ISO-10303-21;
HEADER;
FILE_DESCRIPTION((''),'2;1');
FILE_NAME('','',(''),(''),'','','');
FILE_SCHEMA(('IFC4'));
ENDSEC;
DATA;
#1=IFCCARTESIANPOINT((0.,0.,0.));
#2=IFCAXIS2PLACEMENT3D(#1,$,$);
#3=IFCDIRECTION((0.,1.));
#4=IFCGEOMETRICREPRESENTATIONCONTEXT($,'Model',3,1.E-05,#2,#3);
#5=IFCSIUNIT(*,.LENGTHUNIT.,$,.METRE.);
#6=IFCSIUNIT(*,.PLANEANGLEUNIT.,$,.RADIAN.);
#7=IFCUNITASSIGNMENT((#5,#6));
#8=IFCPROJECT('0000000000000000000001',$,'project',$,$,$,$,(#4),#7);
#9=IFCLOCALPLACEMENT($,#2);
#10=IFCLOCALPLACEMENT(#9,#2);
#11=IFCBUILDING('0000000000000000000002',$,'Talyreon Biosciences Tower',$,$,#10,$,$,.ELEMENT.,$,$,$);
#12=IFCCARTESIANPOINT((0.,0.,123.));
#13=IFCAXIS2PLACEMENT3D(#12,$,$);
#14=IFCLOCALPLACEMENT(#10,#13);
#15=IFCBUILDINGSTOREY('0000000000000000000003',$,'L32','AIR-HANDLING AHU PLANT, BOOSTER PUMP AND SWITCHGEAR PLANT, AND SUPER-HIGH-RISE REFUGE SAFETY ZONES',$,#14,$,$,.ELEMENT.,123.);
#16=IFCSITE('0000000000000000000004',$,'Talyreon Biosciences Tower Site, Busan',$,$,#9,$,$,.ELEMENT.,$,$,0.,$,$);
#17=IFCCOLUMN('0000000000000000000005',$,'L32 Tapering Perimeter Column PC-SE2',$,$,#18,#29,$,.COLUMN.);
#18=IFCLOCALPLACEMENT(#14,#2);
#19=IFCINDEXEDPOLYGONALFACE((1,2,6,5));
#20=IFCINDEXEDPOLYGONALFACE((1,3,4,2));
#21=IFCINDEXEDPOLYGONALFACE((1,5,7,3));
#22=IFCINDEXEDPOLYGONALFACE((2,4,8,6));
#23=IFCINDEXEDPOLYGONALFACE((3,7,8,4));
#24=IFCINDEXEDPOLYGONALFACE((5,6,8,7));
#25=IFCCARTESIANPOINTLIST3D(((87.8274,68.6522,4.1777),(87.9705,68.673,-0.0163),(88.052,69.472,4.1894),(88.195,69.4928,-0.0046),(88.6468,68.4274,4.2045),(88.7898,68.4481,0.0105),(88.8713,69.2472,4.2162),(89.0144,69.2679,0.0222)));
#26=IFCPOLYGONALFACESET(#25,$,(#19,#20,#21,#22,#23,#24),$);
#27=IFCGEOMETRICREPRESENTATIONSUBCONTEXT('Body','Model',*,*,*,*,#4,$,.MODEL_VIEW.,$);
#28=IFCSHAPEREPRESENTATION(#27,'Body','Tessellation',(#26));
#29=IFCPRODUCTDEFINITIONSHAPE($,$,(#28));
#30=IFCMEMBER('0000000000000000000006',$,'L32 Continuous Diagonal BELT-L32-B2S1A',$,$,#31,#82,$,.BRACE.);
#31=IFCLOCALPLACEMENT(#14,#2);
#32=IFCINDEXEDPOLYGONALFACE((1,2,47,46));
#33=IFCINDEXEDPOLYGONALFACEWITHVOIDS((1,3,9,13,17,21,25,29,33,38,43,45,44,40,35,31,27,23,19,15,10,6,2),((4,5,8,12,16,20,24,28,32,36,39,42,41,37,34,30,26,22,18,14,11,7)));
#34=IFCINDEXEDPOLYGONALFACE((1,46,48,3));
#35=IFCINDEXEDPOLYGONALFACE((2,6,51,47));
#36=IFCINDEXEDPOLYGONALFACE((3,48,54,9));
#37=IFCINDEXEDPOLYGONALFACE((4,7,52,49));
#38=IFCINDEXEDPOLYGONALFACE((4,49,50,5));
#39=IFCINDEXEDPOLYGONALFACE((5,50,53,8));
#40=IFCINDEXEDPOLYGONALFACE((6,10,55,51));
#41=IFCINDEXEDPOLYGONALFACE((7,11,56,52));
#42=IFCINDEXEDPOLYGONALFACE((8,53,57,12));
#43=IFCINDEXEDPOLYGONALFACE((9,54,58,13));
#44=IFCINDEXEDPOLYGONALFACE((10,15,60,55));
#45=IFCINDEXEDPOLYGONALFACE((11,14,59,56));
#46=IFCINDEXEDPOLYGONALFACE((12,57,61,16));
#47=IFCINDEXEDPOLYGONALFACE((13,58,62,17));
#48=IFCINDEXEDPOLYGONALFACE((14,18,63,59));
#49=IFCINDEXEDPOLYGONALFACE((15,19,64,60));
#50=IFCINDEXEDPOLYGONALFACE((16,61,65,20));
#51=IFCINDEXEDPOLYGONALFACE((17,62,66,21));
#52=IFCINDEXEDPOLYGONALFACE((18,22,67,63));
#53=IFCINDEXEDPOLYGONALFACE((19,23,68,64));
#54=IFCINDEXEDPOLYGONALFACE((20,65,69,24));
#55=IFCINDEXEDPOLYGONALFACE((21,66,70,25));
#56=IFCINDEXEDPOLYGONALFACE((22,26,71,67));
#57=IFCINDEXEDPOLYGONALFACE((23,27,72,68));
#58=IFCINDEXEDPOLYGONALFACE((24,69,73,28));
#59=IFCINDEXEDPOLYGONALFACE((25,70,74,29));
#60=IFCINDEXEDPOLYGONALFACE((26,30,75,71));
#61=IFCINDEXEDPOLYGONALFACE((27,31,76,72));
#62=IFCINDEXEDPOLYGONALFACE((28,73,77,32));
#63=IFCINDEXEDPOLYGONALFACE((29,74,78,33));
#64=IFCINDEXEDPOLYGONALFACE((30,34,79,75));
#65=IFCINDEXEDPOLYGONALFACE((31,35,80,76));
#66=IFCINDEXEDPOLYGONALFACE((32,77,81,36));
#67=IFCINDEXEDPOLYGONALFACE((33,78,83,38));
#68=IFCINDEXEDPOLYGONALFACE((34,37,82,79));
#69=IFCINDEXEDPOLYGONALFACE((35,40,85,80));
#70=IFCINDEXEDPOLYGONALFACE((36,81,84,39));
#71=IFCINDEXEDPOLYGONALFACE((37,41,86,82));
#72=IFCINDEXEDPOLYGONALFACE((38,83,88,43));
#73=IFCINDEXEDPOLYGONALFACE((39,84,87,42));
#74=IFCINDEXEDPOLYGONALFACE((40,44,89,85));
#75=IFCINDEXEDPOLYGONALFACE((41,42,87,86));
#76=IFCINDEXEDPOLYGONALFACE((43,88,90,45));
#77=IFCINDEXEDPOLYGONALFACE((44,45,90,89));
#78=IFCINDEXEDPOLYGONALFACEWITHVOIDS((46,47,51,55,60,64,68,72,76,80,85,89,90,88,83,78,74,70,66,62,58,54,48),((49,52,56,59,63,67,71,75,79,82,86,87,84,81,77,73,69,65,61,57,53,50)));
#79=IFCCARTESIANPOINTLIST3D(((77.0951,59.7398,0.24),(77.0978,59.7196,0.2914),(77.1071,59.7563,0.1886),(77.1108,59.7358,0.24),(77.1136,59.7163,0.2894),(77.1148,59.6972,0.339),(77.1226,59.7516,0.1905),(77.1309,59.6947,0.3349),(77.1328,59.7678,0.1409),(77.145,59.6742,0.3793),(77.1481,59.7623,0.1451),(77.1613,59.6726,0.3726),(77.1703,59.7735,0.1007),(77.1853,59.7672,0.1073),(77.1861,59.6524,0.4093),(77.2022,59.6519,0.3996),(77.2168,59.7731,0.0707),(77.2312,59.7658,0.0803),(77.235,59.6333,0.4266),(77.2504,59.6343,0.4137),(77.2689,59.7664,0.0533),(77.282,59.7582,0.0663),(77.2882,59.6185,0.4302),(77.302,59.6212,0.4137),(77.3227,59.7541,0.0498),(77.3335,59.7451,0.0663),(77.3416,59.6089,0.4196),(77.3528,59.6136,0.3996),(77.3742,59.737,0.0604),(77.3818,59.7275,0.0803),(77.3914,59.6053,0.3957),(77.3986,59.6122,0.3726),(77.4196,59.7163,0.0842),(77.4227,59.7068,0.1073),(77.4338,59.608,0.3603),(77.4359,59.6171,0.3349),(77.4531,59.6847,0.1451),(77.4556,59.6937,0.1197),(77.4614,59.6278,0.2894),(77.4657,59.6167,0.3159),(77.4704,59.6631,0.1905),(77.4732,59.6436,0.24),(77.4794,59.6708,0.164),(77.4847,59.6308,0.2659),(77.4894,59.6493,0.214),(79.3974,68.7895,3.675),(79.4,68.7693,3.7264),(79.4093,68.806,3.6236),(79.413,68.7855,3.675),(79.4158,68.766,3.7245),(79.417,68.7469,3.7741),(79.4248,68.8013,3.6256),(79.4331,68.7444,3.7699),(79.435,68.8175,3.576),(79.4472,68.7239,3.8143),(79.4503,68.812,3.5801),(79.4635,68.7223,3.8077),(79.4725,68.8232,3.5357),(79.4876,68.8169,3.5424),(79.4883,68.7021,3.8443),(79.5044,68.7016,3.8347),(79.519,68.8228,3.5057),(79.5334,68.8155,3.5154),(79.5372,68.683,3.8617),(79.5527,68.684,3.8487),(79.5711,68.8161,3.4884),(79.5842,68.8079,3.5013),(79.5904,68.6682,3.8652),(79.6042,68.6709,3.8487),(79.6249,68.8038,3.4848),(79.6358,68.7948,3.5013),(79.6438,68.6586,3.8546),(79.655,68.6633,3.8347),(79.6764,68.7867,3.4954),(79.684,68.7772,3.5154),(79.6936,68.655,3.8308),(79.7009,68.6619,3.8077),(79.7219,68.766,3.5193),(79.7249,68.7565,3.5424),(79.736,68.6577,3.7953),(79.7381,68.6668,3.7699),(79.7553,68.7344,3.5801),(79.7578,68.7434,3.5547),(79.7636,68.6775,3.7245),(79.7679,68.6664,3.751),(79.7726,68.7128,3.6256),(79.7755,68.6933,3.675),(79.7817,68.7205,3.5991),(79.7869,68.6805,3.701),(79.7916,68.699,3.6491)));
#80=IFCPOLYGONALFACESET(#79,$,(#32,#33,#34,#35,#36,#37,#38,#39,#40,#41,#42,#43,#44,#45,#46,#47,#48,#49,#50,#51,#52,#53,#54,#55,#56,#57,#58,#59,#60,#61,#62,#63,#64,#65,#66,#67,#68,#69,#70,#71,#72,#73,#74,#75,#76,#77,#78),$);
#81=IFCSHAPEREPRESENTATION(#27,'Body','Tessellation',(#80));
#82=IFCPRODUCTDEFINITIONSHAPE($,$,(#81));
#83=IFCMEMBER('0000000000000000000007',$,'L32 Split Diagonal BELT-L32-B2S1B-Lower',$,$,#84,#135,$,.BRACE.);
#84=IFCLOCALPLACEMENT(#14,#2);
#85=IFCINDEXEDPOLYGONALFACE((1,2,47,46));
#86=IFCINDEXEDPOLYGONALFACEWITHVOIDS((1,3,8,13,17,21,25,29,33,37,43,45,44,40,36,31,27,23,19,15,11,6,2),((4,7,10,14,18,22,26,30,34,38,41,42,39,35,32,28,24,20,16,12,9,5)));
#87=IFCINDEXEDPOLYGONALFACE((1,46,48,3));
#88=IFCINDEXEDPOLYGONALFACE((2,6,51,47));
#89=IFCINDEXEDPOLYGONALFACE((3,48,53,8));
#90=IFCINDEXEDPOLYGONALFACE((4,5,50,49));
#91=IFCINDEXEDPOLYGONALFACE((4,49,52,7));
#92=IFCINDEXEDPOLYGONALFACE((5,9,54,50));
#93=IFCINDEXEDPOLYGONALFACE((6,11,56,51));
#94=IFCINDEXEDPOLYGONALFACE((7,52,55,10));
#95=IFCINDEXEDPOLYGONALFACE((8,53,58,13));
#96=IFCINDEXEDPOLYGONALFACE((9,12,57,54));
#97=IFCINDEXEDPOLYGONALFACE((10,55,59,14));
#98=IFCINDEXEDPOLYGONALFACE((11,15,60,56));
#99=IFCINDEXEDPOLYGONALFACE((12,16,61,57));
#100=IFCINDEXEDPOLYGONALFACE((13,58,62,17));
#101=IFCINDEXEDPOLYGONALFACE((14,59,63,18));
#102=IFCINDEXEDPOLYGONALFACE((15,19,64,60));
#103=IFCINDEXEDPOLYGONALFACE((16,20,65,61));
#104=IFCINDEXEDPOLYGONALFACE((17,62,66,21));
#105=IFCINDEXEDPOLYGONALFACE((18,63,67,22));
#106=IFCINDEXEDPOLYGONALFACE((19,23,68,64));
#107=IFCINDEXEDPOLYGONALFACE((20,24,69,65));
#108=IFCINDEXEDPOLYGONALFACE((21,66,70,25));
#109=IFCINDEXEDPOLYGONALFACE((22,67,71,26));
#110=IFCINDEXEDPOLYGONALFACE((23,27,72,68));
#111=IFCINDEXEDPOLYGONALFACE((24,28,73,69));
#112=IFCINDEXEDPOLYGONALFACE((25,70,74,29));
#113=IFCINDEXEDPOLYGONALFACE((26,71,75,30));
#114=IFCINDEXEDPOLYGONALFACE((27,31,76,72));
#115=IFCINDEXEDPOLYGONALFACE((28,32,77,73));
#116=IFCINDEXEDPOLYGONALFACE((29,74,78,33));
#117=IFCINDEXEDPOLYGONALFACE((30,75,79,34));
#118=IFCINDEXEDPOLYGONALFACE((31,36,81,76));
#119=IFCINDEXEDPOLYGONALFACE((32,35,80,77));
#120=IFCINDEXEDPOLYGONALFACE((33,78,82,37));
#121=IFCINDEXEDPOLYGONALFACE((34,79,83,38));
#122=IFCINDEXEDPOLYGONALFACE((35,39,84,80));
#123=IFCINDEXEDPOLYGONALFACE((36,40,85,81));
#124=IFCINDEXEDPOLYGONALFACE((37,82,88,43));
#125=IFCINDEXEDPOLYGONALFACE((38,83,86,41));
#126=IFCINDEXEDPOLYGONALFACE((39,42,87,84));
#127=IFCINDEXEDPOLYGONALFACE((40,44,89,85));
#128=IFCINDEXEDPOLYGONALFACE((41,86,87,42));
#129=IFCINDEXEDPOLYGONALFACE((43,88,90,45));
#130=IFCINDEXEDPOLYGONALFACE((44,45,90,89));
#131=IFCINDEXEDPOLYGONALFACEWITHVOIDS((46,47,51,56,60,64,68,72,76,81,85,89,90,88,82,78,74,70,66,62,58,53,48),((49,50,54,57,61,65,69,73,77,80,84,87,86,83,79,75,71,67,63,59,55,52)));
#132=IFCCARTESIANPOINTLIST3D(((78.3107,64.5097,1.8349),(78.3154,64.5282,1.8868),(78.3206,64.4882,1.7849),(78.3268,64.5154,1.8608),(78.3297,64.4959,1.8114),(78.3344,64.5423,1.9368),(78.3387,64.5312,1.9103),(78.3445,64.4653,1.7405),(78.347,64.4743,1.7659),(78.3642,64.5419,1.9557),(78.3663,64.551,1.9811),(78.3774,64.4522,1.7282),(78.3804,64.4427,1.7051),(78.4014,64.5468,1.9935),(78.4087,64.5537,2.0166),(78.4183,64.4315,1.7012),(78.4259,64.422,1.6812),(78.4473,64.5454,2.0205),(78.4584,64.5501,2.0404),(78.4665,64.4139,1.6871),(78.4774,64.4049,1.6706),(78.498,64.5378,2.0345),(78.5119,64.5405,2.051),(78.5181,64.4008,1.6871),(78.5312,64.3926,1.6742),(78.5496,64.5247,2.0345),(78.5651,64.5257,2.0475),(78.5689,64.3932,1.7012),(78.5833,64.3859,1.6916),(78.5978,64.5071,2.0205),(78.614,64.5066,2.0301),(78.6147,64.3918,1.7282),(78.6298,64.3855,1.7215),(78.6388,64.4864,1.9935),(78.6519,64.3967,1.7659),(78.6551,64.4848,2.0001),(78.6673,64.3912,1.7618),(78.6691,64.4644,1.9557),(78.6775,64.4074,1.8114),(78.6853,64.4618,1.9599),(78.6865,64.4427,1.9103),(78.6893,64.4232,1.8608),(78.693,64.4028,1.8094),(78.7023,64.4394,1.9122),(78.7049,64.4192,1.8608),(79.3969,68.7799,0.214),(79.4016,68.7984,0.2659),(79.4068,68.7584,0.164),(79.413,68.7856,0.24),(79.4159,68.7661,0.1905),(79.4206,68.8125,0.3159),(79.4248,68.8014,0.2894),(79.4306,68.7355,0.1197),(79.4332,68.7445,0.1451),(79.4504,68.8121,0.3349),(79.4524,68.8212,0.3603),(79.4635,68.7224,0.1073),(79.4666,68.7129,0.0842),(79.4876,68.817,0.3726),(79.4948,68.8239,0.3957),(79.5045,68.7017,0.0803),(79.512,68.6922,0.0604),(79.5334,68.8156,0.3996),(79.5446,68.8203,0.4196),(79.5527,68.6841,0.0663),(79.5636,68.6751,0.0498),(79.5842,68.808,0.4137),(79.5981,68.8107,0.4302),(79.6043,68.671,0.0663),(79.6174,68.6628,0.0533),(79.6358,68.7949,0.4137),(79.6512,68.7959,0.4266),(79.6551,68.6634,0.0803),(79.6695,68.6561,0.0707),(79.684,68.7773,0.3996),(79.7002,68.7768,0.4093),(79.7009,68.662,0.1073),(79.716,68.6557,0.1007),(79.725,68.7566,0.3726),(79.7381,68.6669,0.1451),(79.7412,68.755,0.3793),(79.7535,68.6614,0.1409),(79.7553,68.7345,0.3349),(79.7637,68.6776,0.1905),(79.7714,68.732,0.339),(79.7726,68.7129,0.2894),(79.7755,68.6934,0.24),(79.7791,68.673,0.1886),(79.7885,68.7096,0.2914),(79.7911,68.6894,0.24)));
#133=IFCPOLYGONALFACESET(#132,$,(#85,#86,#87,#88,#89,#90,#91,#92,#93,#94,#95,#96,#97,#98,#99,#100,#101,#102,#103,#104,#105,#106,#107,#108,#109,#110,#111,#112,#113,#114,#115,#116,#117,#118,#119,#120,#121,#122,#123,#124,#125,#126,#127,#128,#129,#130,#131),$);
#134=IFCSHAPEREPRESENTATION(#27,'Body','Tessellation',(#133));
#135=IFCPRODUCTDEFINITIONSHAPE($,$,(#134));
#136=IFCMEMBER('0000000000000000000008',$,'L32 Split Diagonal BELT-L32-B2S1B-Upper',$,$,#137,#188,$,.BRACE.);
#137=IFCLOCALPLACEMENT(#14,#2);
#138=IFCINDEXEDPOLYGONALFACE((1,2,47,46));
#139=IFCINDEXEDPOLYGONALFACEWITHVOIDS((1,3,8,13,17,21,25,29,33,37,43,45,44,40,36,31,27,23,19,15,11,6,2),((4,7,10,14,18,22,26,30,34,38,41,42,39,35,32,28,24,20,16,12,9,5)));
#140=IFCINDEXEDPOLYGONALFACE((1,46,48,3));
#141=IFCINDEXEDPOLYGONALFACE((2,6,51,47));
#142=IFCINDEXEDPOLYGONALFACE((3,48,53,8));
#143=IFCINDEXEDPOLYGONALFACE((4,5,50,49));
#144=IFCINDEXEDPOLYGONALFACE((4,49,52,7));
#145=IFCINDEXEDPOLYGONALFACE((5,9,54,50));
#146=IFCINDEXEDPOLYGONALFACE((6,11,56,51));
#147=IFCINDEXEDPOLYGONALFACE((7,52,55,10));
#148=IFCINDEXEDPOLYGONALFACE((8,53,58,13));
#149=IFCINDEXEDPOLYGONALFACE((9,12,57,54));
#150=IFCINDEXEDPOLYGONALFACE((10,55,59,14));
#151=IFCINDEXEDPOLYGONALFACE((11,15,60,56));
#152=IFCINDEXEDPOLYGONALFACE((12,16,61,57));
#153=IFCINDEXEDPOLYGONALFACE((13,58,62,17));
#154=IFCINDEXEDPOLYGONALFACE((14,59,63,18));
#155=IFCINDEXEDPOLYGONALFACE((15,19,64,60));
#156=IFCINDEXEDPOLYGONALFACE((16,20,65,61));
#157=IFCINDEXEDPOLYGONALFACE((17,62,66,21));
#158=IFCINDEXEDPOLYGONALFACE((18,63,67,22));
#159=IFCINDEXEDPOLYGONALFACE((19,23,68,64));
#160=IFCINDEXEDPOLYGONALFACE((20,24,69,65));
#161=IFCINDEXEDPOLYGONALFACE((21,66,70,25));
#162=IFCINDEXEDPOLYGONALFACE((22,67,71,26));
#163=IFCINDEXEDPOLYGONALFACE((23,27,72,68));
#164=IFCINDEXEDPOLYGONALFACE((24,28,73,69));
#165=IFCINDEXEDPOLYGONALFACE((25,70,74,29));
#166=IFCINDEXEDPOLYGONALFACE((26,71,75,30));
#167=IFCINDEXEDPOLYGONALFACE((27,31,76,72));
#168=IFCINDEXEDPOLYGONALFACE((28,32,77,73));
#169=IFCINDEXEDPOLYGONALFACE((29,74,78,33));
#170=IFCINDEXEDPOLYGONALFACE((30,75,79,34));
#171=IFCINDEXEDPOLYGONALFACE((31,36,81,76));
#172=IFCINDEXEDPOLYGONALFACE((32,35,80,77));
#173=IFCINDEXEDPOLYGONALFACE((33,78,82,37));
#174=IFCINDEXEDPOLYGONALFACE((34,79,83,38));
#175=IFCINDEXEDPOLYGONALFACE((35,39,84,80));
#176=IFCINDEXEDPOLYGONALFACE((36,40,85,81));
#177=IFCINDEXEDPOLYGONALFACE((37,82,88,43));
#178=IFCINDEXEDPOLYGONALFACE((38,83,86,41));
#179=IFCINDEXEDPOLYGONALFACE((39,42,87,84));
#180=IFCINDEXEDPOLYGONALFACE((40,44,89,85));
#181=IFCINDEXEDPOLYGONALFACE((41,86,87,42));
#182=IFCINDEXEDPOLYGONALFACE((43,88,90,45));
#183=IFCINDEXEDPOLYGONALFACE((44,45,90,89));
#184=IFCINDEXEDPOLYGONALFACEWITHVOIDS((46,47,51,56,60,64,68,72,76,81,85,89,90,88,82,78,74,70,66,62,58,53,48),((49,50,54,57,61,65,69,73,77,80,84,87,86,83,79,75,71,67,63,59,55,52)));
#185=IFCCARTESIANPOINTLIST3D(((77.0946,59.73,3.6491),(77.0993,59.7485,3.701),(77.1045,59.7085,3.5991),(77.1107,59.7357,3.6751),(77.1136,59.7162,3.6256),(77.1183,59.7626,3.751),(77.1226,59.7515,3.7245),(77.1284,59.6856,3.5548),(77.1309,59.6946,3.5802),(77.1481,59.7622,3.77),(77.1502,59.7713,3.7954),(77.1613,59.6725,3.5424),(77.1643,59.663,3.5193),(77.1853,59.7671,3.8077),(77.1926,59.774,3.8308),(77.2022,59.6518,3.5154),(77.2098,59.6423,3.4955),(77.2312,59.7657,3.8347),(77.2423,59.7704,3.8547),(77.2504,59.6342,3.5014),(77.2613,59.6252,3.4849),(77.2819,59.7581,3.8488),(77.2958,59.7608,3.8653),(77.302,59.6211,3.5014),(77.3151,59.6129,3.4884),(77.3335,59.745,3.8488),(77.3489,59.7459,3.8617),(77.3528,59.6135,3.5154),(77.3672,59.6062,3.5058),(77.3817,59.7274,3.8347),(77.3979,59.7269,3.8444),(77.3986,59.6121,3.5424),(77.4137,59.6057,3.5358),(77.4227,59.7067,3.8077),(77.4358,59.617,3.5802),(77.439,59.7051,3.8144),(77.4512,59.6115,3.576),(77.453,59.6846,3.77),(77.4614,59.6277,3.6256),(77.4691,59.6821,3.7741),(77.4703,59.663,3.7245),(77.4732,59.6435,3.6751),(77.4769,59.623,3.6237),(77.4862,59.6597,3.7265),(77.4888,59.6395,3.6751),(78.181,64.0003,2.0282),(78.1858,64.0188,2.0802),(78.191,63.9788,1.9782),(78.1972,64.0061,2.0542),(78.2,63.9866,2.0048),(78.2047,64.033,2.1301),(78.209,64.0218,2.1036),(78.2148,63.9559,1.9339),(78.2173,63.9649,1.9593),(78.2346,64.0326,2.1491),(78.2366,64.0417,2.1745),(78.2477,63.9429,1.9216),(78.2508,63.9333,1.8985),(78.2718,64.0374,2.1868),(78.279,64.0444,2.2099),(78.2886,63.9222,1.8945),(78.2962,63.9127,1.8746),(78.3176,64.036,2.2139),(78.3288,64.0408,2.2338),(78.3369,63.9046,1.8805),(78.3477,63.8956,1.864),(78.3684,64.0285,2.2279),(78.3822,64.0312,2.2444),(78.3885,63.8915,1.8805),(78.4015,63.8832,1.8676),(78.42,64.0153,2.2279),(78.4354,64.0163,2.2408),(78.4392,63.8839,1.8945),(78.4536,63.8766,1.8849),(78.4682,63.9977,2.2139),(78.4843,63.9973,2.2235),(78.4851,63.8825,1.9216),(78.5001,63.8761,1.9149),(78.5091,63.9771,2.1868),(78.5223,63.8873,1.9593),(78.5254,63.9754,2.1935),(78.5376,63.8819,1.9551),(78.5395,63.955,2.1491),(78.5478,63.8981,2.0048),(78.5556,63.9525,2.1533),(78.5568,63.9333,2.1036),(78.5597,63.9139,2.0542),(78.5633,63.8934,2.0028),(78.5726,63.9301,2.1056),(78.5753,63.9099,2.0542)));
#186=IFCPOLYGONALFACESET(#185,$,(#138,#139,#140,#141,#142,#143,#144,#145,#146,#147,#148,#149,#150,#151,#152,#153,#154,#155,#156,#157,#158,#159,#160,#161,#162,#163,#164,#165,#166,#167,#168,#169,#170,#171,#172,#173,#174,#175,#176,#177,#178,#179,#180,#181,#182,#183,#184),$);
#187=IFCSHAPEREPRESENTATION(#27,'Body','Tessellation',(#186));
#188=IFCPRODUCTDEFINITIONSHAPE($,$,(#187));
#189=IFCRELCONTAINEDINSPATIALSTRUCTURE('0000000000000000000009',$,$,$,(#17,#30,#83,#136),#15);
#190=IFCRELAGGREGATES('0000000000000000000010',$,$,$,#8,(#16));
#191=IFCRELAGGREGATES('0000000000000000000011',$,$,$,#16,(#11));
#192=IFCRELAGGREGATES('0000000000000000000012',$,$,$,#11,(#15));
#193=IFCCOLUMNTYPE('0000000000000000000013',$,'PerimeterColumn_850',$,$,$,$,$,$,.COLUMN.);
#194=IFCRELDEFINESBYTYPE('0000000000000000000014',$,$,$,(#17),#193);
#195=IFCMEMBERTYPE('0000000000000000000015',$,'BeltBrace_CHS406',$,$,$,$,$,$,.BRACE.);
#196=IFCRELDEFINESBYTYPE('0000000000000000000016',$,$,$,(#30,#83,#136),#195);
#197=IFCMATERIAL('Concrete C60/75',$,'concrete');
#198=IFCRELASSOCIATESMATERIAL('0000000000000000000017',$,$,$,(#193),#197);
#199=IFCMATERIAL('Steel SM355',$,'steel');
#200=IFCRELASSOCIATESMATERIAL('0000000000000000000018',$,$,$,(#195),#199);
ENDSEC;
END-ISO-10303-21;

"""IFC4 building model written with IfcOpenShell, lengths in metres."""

from ifc_helpers import new_model, si_unit, direction, frame, origin, origin_2d, place, context, subcontext, project, spatial, rectangle, hollow_circle, extrude, material, material_profile, profile_set, type_object, element, save


model = new_model("IFC4")

# Units and contexts
model_context = context("Model", 3, precision=1e-05, world=origin(), true_north=direction((0.0, 1.0)))
body_context = subcontext(model_context, "Body", "Model", "MODEL_VIEW")
ifc_project = project(units=[si_unit("LENGTHUNIT", "METRE"), si_unit("PLANEANGLEUNIT", "RADIAN")], contexts=[model_context])

# Site, building, storey
site_placement = place(None, origin())
site = spatial("IfcSite", under=ifc_project, at=site_placement, Name="Talyreon Biosciences Tower Site, Busan", CompositionType="ELEMENT", RefElevation=0.0)
building_placement = place(site_placement, origin())
building = spatial("IfcBuilding", under=site, at=building_placement, Name="Talyreon Biosciences Tower", CompositionType="ELEMENT")
storey_placement = place(building_placement, frame((0.0, 0.0, 123.0)))
storey = spatial("IfcBuildingStorey", under=building, at=storey_placement, Name="L32", Description="AIR-HANDLING AHU PLANT, BOOSTER PUMP AND SWITCHGEAR PLANT, AND SUPER-HIGH-RISE REFUGE SAFETY ZONES", CompositionType="ELEMENT", Elevation=123.0)

# Column
ifc_material_1 = material(Name="Concrete C60/75", Category="concrete")
ifc_material_profile_1 = material_profile(ifc_material_1, rectangle(XDim=0.8501, YDim=0.8501, at=origin_2d()), Name="RC 850x850")
ifc_profile_set_1 = profile_set([ifc_material_profile_1], Name="Concrete C60/75")
column_type = type_object("IfcColumnType", Name="PerimeterColumn_850", PredefinedType="COLUMN", material=ifc_profile_set_1)
column_placement = place(storey_placement, frame((88.4924, 68.9705, 0.0029), z_axis=(-0.034091, -0.004945, 0.999406), x_axis=(0.963873, -0.264485, 0.03157)))
element("IfcColumn", 1, at=column_placement, inside=storey, type_object=column_type, Name="L32 Tapering Perimeter Column PC-SE2", PredefinedType="COLUMN", context=body_context, shape_type="SweptSolid", body=[
    extrude(rectangle(XDim=0.8501, YDim=0.8501, at=origin_2d()), origin(), (0.0, 0.0, 1.0), 4.1965),
])

# Members
ifc_material_2 = material(Name="Steel SM355", Category="steel")
ifc_material_profile_2 = material_profile(ifc_material_2, hollow_circle(Radius=0.2031, WallThickness=0.0161, at=origin_2d()), Name="CHS 406.4x16")
ifc_profile_set_2 = profile_set([ifc_material_profile_2], Name="Steel SM355")
member_type_1 = type_object("IfcMemberType", Name="BeltBrace_CHS406", PredefinedType="BRACE", material=ifc_profile_set_2)
member_1_placement = place(storey_placement, frame((77.292, 59.6897, 0.24), z_axis=(0.231386, 0.909545, 0.345238), x_axis=(-0.969131, 0.246544, 0.0)))
element("IfcMember", 2, at=member_1_placement, inside=storey, type_object=member_type_1, Name="L32 Continuous Diagonal BELT-L32-B2S1A", PredefinedType="BRACE", context=body_context, shape_type="SweptSolid", body=[
    extrude(hollow_circle(Radius=0.2031, WallThickness=0.0161, at=origin_2d()), origin(), (0.0, 0.0, 1.0), 9.9497),
])
member_2_placement = place(storey_placement, frame((79.5942, 68.7395, 0.24), z_axis=(-0.231353, -0.909553, 0.345236), x_axis=(0.96914, -0.24651, 0.0)))
element("IfcMember", 3, at=member_2_placement, inside=storey, type_object=member_type_1, Name="L32 Split Diagonal BELT-L32-B2S1B-Lower", PredefinedType="BRACE", context=body_context, shape_type="SweptSolid", body=[
    extrude(hollow_circle(Radius=0.2031, WallThickness=0.0161, at=origin_2d()), origin(), (0.0, 0.0, 1.0), 4.6948),
])
member_3_placement = place(storey_placement, frame((78.3784, 63.96, 2.0542), z_axis=(-0.231403, -0.909543, 0.345232), x_axis=(0.969127, -0.246562, 0.0)))
element("IfcMember", 4, at=member_3_placement, inside=storey, type_object=member_type_1, Name="L32 Split Diagonal BELT-L32-B2S1B-Upper", PredefinedType="BRACE", context=body_context, shape_type="SweptSolid", body=[
    extrude(hollow_circle(Radius=0.2031, WallThickness=0.0161, at=origin_2d()), origin(), (0.0, 0.0, 1.0), 4.6951),
])

save(model, "model.ifc")
